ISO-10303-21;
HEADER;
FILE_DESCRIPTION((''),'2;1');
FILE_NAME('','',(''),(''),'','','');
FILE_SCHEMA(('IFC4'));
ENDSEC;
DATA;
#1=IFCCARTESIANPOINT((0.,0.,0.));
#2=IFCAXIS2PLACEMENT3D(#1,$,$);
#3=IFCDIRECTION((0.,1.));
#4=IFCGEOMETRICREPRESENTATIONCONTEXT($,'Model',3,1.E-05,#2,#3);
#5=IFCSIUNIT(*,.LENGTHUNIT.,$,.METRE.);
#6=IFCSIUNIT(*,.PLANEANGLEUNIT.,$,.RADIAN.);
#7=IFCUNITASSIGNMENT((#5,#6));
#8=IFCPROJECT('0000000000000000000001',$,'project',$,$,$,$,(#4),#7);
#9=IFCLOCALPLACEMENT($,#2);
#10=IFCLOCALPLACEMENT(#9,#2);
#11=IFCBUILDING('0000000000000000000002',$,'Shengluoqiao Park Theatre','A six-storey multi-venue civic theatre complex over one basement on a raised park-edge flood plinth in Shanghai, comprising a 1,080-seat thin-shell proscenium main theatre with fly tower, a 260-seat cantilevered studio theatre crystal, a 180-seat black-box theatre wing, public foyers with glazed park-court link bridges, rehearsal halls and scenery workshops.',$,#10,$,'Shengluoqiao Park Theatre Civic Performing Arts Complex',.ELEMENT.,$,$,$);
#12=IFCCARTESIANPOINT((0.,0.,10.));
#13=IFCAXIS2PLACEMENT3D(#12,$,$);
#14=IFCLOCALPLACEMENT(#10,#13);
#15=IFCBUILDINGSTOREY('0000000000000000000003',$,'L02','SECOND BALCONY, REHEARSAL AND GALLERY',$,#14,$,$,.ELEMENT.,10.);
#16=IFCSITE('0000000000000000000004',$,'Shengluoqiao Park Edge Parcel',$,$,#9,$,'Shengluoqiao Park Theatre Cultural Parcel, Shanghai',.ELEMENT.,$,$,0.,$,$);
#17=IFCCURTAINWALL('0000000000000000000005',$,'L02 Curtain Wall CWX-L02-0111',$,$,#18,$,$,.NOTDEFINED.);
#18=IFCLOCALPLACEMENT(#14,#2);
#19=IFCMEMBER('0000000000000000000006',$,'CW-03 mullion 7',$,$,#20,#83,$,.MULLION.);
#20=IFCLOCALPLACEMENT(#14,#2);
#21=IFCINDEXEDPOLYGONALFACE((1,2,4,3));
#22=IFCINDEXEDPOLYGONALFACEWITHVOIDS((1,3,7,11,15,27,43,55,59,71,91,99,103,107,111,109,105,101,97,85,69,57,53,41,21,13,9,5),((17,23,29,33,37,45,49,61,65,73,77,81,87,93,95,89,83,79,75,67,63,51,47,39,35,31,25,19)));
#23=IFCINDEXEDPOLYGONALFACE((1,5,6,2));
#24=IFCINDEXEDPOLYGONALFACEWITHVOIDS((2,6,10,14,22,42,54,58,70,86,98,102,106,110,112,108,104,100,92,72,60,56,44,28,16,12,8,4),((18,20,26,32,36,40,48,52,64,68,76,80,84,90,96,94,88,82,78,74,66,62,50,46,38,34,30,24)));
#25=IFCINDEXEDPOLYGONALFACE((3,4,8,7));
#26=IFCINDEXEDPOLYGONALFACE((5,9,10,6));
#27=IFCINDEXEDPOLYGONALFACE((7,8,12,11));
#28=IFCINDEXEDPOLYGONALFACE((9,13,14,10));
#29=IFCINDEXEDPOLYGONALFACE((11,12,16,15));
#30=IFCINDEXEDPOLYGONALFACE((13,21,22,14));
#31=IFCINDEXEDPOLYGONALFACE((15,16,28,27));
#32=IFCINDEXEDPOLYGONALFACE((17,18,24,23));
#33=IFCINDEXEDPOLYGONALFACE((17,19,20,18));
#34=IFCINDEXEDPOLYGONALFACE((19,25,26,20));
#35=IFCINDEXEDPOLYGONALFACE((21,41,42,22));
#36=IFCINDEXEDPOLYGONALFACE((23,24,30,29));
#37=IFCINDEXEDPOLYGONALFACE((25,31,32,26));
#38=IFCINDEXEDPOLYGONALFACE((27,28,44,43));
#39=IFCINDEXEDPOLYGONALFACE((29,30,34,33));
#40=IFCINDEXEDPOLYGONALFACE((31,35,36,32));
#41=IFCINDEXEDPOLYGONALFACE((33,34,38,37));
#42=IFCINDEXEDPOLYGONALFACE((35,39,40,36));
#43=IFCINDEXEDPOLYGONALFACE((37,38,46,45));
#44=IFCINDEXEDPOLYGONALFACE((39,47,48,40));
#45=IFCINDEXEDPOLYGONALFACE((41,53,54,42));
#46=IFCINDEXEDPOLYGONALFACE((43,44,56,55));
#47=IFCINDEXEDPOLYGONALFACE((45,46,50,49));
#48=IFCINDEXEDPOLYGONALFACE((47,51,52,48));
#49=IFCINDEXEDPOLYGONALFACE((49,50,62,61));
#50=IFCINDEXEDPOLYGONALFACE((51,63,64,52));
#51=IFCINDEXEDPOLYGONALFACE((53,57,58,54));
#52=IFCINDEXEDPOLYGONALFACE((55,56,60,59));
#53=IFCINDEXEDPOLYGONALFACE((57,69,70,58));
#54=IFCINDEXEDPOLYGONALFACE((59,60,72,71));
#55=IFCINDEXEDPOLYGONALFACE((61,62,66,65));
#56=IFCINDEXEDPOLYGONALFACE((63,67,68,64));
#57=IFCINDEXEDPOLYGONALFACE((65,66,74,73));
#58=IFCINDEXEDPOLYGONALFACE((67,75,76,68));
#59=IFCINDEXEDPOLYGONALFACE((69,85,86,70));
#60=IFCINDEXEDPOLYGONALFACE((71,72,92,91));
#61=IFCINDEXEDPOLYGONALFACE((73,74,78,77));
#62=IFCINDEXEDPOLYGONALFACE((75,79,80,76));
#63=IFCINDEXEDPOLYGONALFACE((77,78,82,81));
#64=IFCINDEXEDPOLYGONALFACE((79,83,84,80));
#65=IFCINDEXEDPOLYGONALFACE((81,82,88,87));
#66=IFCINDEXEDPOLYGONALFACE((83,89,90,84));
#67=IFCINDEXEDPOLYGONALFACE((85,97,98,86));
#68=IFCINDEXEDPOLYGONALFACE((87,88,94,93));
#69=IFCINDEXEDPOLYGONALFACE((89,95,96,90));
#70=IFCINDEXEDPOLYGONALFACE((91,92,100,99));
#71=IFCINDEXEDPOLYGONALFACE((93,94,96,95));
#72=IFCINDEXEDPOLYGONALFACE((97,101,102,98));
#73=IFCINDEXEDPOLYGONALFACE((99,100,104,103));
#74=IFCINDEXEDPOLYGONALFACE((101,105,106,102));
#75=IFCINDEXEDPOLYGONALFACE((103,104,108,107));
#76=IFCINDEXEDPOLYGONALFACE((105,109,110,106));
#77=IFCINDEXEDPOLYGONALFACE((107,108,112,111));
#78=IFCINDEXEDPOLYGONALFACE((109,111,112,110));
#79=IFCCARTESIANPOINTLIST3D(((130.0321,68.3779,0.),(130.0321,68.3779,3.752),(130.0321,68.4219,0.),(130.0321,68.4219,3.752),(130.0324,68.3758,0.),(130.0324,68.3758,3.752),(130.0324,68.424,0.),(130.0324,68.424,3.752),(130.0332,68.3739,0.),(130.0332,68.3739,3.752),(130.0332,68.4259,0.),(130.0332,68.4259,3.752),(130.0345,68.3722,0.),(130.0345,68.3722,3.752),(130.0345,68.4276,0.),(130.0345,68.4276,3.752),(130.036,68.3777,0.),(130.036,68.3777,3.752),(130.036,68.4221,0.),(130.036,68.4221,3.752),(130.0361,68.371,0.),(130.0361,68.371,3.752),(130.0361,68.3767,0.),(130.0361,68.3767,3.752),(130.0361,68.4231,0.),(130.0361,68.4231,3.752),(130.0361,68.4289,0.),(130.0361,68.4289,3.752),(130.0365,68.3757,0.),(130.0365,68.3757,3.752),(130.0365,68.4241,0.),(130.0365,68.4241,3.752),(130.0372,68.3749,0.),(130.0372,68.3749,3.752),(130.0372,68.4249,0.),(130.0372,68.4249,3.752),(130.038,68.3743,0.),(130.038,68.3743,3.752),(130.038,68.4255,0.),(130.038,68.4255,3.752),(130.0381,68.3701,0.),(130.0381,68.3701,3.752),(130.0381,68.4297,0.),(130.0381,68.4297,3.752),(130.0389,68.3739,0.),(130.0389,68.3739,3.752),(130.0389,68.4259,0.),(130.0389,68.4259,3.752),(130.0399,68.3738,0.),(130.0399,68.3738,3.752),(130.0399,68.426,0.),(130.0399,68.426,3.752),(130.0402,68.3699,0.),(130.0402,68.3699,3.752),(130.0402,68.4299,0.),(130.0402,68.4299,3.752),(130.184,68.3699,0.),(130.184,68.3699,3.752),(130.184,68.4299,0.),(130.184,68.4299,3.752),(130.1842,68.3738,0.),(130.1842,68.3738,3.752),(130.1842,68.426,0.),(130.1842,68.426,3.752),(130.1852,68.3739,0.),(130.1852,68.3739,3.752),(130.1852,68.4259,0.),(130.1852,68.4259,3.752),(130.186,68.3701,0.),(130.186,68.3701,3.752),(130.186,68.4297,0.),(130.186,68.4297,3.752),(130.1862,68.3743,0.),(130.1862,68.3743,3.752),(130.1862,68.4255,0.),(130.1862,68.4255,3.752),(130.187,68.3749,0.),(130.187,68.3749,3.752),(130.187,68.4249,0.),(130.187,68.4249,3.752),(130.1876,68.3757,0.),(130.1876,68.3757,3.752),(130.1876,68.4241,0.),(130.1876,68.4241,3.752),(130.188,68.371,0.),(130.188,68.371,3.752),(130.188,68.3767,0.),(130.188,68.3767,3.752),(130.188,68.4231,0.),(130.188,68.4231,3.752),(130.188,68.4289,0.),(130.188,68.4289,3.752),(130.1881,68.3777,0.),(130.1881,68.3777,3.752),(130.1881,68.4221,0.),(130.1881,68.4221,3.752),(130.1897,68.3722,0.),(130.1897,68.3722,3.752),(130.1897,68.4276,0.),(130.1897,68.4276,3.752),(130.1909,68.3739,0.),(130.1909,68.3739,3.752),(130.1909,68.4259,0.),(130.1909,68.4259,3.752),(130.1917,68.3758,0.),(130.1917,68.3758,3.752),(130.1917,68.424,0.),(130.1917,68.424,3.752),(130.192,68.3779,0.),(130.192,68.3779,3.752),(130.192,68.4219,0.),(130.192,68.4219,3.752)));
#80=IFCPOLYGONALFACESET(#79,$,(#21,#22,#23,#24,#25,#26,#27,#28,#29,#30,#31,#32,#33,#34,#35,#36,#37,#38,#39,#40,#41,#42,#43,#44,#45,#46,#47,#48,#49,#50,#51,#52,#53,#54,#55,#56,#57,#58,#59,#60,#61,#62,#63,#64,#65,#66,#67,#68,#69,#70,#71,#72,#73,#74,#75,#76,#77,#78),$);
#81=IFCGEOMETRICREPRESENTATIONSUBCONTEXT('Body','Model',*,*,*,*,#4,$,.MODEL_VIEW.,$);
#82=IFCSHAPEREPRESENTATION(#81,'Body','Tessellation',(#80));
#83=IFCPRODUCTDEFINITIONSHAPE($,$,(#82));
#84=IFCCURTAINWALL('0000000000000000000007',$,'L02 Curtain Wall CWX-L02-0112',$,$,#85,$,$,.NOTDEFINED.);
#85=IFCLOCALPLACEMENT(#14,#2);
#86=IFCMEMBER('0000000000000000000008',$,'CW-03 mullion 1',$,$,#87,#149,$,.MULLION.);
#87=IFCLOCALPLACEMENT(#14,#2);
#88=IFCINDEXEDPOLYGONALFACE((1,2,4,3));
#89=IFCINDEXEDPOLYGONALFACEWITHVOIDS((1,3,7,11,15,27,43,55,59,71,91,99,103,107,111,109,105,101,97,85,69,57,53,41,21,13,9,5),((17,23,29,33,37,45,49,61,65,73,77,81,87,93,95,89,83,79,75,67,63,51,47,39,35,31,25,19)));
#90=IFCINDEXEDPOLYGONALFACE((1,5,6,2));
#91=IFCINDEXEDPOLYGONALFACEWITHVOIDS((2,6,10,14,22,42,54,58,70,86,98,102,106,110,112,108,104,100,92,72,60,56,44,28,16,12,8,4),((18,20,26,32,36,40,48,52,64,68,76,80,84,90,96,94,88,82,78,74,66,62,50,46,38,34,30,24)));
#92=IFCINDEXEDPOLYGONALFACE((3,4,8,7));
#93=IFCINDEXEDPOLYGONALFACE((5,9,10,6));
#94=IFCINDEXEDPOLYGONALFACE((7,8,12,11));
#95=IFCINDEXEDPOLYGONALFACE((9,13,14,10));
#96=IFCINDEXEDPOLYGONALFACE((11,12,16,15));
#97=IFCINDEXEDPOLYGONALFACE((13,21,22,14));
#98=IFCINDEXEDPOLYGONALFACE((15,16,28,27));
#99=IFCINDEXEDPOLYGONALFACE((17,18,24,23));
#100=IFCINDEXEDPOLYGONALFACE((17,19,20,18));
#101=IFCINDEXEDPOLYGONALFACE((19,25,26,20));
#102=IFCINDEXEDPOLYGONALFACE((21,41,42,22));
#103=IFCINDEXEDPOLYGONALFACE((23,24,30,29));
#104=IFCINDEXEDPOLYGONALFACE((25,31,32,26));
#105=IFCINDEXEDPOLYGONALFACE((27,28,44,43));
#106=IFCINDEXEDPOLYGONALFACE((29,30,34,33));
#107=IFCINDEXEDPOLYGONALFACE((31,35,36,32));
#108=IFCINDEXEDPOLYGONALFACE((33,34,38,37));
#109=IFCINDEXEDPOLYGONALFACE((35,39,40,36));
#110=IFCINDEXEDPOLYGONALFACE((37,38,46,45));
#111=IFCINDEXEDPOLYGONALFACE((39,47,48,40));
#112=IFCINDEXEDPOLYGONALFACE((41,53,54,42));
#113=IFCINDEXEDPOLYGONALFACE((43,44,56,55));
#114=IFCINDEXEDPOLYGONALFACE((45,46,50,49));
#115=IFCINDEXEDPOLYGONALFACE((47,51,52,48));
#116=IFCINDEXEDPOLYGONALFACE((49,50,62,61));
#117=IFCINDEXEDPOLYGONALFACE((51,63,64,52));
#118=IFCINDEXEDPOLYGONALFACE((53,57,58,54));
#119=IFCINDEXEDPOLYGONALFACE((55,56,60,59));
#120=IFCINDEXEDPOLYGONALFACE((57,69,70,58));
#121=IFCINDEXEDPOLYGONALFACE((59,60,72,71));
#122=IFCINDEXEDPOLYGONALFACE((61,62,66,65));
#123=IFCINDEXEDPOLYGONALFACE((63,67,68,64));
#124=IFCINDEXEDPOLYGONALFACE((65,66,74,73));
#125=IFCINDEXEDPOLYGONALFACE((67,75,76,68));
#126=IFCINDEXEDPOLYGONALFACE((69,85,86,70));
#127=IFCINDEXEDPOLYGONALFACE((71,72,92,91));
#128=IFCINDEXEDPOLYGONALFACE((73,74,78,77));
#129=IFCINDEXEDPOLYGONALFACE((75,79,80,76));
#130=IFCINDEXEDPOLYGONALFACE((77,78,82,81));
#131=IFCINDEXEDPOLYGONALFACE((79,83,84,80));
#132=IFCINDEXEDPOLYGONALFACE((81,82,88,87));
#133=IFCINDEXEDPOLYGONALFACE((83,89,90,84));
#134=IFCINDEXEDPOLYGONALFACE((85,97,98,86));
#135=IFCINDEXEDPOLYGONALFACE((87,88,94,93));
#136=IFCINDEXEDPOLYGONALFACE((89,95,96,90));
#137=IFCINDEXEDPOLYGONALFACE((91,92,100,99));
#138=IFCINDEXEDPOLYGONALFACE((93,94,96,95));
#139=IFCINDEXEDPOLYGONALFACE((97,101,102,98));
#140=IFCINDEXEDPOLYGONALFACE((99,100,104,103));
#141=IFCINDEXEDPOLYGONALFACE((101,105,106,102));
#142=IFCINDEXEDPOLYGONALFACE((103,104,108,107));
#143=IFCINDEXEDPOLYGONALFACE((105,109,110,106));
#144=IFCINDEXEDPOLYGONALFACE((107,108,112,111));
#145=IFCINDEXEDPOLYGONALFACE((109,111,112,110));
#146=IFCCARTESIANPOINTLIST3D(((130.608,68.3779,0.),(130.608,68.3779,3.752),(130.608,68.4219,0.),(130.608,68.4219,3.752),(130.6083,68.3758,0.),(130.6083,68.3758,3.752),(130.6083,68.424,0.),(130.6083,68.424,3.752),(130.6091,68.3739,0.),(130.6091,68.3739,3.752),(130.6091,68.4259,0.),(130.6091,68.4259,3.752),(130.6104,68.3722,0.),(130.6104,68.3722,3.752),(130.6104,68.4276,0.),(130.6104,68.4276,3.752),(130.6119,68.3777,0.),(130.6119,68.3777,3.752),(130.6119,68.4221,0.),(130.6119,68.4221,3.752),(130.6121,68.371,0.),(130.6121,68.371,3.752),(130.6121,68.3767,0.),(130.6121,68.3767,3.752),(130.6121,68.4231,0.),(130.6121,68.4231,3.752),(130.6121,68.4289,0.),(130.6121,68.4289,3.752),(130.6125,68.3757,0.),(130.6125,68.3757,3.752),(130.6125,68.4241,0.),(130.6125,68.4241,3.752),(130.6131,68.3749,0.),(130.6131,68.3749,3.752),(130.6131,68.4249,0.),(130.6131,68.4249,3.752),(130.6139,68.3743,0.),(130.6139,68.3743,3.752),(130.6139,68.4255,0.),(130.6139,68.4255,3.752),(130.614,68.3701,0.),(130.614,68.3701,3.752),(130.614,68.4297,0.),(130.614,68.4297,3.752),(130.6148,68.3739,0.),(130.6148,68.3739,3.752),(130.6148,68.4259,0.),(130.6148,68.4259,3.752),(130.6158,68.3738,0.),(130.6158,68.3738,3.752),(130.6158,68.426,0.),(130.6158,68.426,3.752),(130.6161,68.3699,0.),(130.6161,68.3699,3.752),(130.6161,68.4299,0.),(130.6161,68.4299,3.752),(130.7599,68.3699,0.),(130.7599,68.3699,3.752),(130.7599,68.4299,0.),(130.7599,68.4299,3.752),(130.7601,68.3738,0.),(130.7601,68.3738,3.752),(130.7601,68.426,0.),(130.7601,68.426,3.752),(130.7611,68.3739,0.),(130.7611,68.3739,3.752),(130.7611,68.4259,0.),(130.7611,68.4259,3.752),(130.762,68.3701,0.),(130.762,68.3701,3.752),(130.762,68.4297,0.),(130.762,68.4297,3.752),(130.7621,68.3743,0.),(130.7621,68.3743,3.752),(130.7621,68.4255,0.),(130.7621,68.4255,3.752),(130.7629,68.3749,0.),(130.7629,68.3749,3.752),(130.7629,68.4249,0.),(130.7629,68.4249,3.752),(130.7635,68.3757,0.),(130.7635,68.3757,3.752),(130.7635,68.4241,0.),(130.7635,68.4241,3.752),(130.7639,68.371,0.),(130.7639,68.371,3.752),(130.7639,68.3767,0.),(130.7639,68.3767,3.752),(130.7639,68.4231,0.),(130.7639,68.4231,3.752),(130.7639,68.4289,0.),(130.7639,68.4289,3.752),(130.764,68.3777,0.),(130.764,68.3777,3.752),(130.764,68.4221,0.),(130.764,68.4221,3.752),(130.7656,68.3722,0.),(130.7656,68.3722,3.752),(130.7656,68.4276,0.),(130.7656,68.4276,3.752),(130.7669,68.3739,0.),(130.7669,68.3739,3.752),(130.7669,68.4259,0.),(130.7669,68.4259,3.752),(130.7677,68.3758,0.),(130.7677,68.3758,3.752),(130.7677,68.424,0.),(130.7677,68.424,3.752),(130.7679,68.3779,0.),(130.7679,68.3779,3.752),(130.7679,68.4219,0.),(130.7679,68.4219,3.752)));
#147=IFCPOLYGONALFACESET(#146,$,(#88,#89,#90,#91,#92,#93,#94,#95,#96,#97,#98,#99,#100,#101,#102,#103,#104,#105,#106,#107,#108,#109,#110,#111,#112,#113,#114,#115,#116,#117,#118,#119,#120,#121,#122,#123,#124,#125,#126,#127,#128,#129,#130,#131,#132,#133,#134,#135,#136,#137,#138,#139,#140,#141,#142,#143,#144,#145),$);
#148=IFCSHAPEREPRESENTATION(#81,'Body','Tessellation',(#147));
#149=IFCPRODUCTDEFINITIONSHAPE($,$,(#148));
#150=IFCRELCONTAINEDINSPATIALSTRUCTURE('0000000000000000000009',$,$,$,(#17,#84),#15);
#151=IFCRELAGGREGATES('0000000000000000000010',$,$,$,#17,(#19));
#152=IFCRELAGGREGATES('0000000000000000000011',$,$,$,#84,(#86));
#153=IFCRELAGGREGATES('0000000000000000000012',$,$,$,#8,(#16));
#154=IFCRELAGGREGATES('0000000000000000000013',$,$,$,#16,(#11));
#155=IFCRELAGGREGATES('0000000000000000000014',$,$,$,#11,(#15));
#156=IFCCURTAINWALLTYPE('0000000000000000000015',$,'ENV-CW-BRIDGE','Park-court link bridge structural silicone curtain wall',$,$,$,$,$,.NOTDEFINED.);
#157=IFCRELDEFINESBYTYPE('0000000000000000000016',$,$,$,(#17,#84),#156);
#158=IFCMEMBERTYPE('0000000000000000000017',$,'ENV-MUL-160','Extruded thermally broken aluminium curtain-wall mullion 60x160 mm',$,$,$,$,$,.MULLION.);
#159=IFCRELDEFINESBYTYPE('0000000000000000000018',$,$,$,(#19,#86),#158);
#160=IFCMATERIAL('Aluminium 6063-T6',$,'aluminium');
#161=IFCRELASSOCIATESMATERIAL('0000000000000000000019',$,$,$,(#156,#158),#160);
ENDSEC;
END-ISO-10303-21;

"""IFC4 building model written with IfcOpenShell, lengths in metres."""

from ifc_helpers import new_model, si_unit, direction, frame, origin, origin_2d, place, context, subcontext, project, spatial, hollow_rectangle, extrude, material, material_profile, profile_set, type_object, element, aggregate, save


model = new_model("IFC4")

# Units and contexts
model_context = context("Model", 3, precision=1e-05, world=origin(), true_north=direction((0.0, 1.0)))
body_context = subcontext(model_context, "Body", "Model", "MODEL_VIEW")
ifc_project = project(units=[si_unit("LENGTHUNIT", "METRE"), si_unit("PLANEANGLEUNIT", "RADIAN")], contexts=[model_context])

# Site, building, storey
site_placement = place(None, origin())
site = spatial("IfcSite", under=ifc_project, at=site_placement, Name="Shengluoqiao Park Edge Parcel", LongName="Shengluoqiao Park Theatre Cultural Parcel, Shanghai", CompositionType="ELEMENT", RefElevation=0.0)
building_placement = place(site_placement, origin())
building = spatial("IfcBuilding", under=site, at=building_placement, Name="Shengluoqiao Park Theatre", Description="A six-storey multi-venue civic theatre complex over one basement on a raised park-edge flood plinth in Shanghai, comprising a 1,080-seat thin-shell proscenium main theatre with fly tower, a 260-seat cantilevered studio theatre crystal, a 180-seat black-box theatre wing, public foyers with glazed park-court link bridges, rehearsal halls and scenery workshops.", LongName="Shengluoqiao Park Theatre Civic Performing Arts Complex", CompositionType="ELEMENT")
storey_placement = place(building_placement, frame((0.0, 0.0, 10.0)))
storey = spatial("IfcBuildingStorey", under=building, at=storey_placement, Name="L02", Description="SECOND BALCONY, REHEARSAL AND GALLERY", CompositionType="ELEMENT", Elevation=10.0)

# Curtain walls, members
ifc_material_1 = material(Name="Aluminium 6063-T6", Category="aluminium")
curtain_wall_type = type_object("IfcCurtainWallType", Name="ENV-CW-BRIDGE", Description="Park-court link bridge structural silicone curtain wall", PredefinedType="NOTDEFINED", material=ifc_material_1)
curtain_wall_1_placement = place(storey_placement, origin())
curtain_wall_1 = element("IfcCurtainWall", 1, at=curtain_wall_1_placement, inside=storey, type_object=curtain_wall_type, Name="L02 Curtain Wall CWX-L02-0111", PredefinedType="NOTDEFINED")
ifc_material_profile_1 = material_profile(ifc_material_1, hollow_rectangle(XDim=0.0601, YDim=0.1599, WallThickness=0.0039, InnerFilletRadius=0.0039, OuterFilletRadius=0.0081, at=origin_2d()), Name="ALU MULLION 160x60x4")
ifc_profile_set_1 = profile_set([ifc_material_profile_1], Name="Aluminium 6063-T6")
member_type_1 = type_object("IfcMemberType", Name="ENV-MUL-160", Description="Extruded thermally broken aluminium curtain-wall mullion 60x160 mm", PredefinedType="MULLION", material=ifc_profile_set_1)
member_1_placement = place(storey_placement, frame((130.1121, 68.3999, 0.0), z_axis=(0.0, 0.0, 1.0), x_axis=(0.0, 1.0, 0.0)))
member_1 = element("IfcMember", 2, at=member_1_placement, type_object=member_type_1, Name="CW-03 mullion 7", PredefinedType="MULLION", context=body_context, shape_type="SweptSolid", body=[
    extrude(hollow_rectangle(XDim=0.0601, YDim=0.1599, WallThickness=0.0039, InnerFilletRadius=0.0039, OuterFilletRadius=0.0081, at=origin_2d()), origin(), (0.0, 0.0, 1.0), 3.752),
])
curtain_wall_2_placement = place(storey_placement, origin())
curtain_wall_2 = element("IfcCurtainWall", 3, at=curtain_wall_2_placement, inside=storey, type_object=curtain_wall_type, Name="L02 Curtain Wall CWX-L02-0112", PredefinedType="NOTDEFINED")
member_2_placement = place(storey_placement, frame((130.688, 68.3999, 0.0), z_axis=(0.0, 0.0, 1.0), x_axis=(0.0, 1.0, 0.0)))
member_2 = element("IfcMember", 4, at=member_2_placement, type_object=member_type_1, Name="CW-03 mullion 1", PredefinedType="MULLION", context=body_context, shape_type="SweptSolid", body=[
    extrude(hollow_rectangle(XDim=0.0601, YDim=0.1599, WallThickness=0.0039, InnerFilletRadius=0.0039, OuterFilletRadius=0.0081, at=origin_2d()), origin(), (0.0, 0.0, 1.0), 3.752),
])

aggregate(curtain_wall_1, [member_1])
aggregate(curtain_wall_2, [member_2])

save(model, "model.ifc")
